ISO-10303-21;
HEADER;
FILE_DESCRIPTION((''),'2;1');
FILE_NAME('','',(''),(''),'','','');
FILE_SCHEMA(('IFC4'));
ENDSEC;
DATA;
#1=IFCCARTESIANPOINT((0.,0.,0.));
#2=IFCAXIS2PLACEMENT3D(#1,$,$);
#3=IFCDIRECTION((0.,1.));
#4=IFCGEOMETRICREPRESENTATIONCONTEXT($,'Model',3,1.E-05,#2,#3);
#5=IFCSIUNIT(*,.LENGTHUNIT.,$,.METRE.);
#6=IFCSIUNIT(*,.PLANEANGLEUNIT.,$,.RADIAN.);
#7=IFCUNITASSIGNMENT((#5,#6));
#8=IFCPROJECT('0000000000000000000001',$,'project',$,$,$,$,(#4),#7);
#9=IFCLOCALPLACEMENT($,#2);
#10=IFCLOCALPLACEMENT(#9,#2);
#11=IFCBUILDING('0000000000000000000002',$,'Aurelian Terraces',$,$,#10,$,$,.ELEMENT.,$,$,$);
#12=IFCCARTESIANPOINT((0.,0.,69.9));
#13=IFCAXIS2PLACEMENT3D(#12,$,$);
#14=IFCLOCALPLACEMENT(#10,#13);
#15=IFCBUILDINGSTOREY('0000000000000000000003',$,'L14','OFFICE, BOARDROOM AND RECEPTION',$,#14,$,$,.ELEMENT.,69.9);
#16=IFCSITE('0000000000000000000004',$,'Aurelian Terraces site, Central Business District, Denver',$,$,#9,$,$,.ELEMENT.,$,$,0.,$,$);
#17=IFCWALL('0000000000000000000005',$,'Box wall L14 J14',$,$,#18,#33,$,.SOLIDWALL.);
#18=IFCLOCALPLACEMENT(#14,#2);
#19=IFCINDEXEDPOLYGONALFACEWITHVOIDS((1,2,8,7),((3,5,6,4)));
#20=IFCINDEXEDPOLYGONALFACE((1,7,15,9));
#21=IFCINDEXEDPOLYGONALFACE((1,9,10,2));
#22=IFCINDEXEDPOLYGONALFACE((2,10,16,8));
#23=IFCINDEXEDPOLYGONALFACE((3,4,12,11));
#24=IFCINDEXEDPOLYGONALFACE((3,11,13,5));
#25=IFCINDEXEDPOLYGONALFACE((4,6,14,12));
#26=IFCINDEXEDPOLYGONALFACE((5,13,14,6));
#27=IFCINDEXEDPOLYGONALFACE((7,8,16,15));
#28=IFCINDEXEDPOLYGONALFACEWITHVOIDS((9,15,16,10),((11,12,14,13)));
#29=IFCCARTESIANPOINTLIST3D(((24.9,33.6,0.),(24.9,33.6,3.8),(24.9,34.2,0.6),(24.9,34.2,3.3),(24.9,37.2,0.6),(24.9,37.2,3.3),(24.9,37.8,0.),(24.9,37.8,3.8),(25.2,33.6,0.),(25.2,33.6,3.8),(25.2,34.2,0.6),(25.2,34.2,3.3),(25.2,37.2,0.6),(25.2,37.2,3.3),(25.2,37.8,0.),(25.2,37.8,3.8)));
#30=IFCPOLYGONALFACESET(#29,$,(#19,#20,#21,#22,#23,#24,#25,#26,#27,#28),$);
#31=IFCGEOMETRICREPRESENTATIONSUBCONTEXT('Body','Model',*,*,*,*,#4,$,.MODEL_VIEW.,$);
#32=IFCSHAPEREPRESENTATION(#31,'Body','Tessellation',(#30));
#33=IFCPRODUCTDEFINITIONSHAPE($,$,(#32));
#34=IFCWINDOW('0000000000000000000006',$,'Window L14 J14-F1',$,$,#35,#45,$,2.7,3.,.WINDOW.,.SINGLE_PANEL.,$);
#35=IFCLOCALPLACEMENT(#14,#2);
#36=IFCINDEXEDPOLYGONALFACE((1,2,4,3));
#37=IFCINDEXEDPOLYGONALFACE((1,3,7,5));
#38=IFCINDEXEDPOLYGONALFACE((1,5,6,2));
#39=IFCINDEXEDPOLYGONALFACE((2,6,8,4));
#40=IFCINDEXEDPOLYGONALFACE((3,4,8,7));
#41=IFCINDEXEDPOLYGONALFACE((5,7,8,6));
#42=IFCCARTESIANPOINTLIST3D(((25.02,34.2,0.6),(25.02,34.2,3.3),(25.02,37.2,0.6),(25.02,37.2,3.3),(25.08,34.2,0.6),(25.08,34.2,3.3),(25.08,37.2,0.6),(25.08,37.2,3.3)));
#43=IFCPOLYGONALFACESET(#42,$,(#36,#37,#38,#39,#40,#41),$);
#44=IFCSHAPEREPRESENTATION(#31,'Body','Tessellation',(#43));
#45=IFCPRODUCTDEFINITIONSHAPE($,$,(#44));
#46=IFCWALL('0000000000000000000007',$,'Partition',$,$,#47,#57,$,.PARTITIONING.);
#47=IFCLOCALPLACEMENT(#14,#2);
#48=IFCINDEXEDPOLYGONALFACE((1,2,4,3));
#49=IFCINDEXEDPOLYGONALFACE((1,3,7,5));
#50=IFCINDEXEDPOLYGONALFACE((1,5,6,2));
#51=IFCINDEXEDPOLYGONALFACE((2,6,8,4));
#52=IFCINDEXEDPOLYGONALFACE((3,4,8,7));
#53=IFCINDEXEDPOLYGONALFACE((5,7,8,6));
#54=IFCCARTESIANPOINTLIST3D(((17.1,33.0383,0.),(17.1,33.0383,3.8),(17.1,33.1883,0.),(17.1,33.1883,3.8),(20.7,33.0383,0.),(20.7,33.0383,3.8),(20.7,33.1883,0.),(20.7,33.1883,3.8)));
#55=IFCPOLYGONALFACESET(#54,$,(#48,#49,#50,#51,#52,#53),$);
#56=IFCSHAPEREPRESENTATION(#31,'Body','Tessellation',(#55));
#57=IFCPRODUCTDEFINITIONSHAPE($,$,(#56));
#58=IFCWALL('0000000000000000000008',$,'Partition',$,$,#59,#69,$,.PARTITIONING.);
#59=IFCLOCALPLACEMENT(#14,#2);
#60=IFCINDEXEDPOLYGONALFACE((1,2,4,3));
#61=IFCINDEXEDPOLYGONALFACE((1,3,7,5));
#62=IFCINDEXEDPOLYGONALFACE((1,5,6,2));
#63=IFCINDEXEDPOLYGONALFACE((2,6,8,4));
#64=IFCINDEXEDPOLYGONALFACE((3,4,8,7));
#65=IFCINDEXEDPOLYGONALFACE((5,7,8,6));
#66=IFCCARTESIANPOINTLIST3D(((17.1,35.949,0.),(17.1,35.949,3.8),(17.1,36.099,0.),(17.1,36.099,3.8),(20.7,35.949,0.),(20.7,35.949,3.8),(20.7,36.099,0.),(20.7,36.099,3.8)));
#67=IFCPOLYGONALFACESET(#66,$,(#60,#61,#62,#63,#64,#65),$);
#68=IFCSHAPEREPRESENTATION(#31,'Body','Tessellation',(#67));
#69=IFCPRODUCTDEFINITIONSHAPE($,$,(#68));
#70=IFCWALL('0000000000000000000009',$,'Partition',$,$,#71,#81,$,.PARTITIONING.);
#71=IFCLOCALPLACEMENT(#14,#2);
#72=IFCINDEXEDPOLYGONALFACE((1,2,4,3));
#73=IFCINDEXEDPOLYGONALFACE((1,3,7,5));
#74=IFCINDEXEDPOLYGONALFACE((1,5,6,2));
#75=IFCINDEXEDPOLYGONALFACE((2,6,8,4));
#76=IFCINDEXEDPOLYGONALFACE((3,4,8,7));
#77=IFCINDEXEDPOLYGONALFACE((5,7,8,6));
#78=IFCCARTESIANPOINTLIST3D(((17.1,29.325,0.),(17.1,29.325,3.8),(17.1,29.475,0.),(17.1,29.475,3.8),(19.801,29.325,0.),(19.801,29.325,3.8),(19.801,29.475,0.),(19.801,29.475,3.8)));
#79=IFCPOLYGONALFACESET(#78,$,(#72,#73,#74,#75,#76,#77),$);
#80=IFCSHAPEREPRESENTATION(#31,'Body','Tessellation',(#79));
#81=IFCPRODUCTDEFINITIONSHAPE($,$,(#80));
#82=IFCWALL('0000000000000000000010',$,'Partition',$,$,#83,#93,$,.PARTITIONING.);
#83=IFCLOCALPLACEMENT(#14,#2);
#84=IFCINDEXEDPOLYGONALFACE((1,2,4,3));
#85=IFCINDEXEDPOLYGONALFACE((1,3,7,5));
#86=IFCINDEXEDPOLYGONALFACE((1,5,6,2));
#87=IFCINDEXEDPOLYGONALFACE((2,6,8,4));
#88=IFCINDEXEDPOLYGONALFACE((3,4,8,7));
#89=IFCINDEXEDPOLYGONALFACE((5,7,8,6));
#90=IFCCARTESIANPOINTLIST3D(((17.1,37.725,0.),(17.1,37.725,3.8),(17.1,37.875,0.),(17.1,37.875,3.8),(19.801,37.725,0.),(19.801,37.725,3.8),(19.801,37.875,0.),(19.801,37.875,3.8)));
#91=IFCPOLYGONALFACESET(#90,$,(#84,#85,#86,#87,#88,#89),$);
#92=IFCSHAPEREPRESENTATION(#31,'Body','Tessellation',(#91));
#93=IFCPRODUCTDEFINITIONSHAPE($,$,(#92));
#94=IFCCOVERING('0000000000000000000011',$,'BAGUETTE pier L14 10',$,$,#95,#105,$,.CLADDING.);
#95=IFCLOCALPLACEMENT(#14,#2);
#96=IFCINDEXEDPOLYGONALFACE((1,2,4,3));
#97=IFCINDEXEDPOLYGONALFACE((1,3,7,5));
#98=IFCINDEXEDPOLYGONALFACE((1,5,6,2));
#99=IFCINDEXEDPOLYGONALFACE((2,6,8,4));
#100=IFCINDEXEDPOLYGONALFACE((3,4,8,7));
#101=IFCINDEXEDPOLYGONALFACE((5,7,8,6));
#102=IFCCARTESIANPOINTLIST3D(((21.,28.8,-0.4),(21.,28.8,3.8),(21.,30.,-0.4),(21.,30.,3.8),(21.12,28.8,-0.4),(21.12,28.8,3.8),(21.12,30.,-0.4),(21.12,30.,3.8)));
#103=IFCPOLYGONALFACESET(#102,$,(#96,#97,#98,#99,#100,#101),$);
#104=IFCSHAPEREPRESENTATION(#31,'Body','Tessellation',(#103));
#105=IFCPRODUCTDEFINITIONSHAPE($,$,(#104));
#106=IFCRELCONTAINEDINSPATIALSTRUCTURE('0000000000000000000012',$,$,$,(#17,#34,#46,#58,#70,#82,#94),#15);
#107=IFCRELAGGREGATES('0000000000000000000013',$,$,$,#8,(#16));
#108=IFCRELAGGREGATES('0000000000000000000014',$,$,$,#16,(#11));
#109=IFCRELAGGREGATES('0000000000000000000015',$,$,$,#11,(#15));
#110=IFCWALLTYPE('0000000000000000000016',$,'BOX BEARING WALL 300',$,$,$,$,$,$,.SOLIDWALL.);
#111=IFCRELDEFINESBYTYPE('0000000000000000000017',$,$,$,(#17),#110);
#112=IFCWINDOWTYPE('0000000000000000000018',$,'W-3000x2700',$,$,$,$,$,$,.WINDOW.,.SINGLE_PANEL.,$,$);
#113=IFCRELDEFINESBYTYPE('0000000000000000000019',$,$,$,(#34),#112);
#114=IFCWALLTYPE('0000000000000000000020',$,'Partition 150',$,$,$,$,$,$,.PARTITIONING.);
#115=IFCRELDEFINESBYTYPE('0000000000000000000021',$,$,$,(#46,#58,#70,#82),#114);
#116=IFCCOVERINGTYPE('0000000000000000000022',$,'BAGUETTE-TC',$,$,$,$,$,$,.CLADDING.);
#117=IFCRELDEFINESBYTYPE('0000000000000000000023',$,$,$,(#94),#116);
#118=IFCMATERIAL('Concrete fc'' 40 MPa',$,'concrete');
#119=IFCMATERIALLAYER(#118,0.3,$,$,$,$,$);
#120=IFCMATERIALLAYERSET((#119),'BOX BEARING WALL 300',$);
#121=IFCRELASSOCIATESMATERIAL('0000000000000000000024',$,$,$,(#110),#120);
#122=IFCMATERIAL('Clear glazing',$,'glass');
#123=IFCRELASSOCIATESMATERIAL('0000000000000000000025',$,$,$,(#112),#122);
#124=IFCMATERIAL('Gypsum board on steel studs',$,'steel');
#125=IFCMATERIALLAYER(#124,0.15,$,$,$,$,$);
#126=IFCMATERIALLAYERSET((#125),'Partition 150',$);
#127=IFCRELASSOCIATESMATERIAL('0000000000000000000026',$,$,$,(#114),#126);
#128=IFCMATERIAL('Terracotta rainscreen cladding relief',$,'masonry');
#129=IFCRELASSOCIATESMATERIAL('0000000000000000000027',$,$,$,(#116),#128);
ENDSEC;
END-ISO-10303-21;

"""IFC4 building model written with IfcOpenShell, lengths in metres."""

from ifc_helpers import new_model, si_unit, direction, frame, frame_2d, origin, origin_2d, place, context, subcontext, project, spatial, rectangle, extrude, source, transform, mapped, material, layer, layer_set, type_object, element, fill, save


model = new_model("IFC4")

# Units and contexts
model_context = context("Model", 3, precision=1e-05, world=origin(), true_north=direction((0.0, 1.0)))
body_context = subcontext(model_context, "Body", "Model", "MODEL_VIEW")
ifc_project = project(units=[si_unit("LENGTHUNIT", "METRE"), si_unit("PLANEANGLEUNIT", "RADIAN")], contexts=[model_context])

# Site, building, storey
site_placement = place(None, origin())
site = spatial("IfcSite", under=ifc_project, at=site_placement, Name="Aurelian Terraces site, Central Business District, Denver", CompositionType="ELEMENT", RefElevation=0.0)
building_placement = place(site_placement, origin())
building = spatial("IfcBuilding", under=site, at=building_placement, Name="Aurelian Terraces", CompositionType="ELEMENT")
storey_placement = place(building_placement, frame((0.0, 0.0, 69.9)))
storey = spatial("IfcBuildingStorey", under=building, at=storey_placement, Name="L14", Description="OFFICE, BOARDROOM AND RECEPTION", CompositionType="ELEMENT", Elevation=69.9)

# Shared definitions
ifc_material_1 = material(Name="Clear glazing", Category="glass")

# Wall, opening, window
ifc_material_2 = material(Name="Concrete fc' 40 MPa", Category="concrete")
ifc_layer_1 = layer(ifc_material_2, 0.3)
ifc_layer_set_1 = layer_set([ifc_layer_1], Name="BOX BEARING WALL 300")
wall_type_1 = type_object("IfcWallType", Name="BOX BEARING WALL 300", PredefinedType="SOLIDWALL", material=ifc_layer_set_1)
shared_shape_1 = source(origin(), body_context, "Body", "SweptSolid", [
    extrude(rectangle(XDim=4.2, YDim=0.3, at=frame_2d((2.1, 0.0))), origin(), (0.0, 0.0, 1.0), 3.8),
])
wall_1_placement = place(storey_placement, frame((25.05, 33.6, 0.0), z_axis=(0.0, 0.0, 1.0), x_axis=(0.0, 1.0, 0.0)))
wall_1 = element("IfcWall", 1, at=wall_1_placement, inside=storey, type_object=wall_type_1, Name="Box wall L14 J14", PredefinedType="SOLIDWALL", context=body_context, shape_type="MappedRepresentation", body=[
    mapped(shared_shape_1, transform((0.0, 0.0, 0.0), scale=1.0)),
])
shared_shape_2 = source(origin(), body_context, "Body", "SweptSolid", [
    extrude(rectangle(XDim=3.0, YDim=2.7, at=frame_2d((1.5, 1.35))), frame((0.0, 0.16, 0.0), z_axis=(0.0, -1.0, 0.0), x_axis=(1.0, 0.0, 0.0)), (0.0, 0.0, 1.0), 0.32),
])
opening_1_placement = place(wall_1_placement, frame((0.6, 0.0, 0.6)))
opening_1 = element("IfcOpeningElement", 2, at=opening_1_placement, cuts=wall_1, PredefinedType="OPENING", context=body_context, shape_type="MappedRepresentation", body=[
    mapped(shared_shape_2, transform((0.0, 0.0, 0.0), scale=1.0)),
])
window_type_1 = type_object("IfcWindowType", Name="W-3000x2700", PartitioningType="SINGLE_PANEL", PredefinedType="WINDOW", material=ifc_material_1)
shared_shape_3 = source(origin(), body_context, "Body", "SweptSolid", [
    extrude(rectangle(XDim=3.0, YDim=2.7, at=frame_2d((1.5, 1.35))), frame((0.0, 0.03, 0.0), z_axis=(0.0, -1.0, 0.0), x_axis=(1.0, 0.0, 0.0)), (0.0, 0.0, 1.0), 0.06),
])
window_1_placement = place(opening_1_placement, origin())
window_1 = element("IfcWindow", 3, at=window_1_placement, inside=storey, type_object=window_type_1, Name="Window L14 J14-F1", OverallHeight=2.7, OverallWidth=3.0, PartitioningType="SINGLE_PANEL", PredefinedType="WINDOW", context=body_context, shape_type="MappedRepresentation", body=[
    mapped(shared_shape_3, transform((0.0, 0.0, 0.0), scale=1.0)),
])
fill(opening_1, window_1)

# Walls
ifc_material_3 = material(Name="Gypsum board on steel studs", Category="steel")
ifc_layer_2 = layer(ifc_material_3, 0.15)
ifc_layer_set_2 = layer_set([ifc_layer_2], Name="Partition 150")
wall_type_2 = type_object("IfcWallType", Name="Partition 150", PredefinedType="PARTITIONING", material=ifc_layer_set_2)
shared_shape_4 = source(origin(), body_context, "Body", "SweptSolid", [
    extrude(rectangle(XDim=3.6, YDim=0.15, at=frame_2d((1.8, 0.0))), origin(), (0.0, 0.0, 1.0), 3.8),
])
for number, where, z_axis, x_axis, name in (
    (4, (17.1, 33.1133, 0.0), (0.0, 0.0, 1.0), (1.0, 0.0, 0.0), "Partition"),
    (5, (17.1, 36.024, 0.0), (0.0, 0.0, 1.0), (1.0, 0.0, 0.0), "Partition"),
):
    element("IfcWall", number, at=place(storey_placement, frame(where, z_axis=z_axis, x_axis=x_axis)), inside=storey, type_object=wall_type_2, Name=name, PredefinedType="PARTITIONING", context=body_context, shape_type="MappedRepresentation", body=[
        mapped(shared_shape_4, transform((0.0, 0.0, 0.0), scale=1.0)),
    ])
shared_shape_5 = source(origin(), body_context, "Body", "SweptSolid", [
    extrude(rectangle(XDim=2.701, YDim=0.15, at=frame_2d((1.3505, 0.0))), origin(), (0.0, 0.0, 1.0), 3.8),
])
for number, where, z_axis, x_axis, name in (
    (6, (19.801, 29.4, 0.0), (0.0, 0.0, 1.0), (-1.0, 0.0, 0.0), "Partition"),
    (7, (19.801, 37.8, 0.0), (0.0, 0.0, 1.0), (-1.0, 0.0, 0.0), "Partition"),
):
    element("IfcWall", number, at=place(storey_placement, frame(where, z_axis=z_axis, x_axis=x_axis)), inside=storey, type_object=wall_type_2, Name=name, PredefinedType="PARTITIONING", context=body_context, shape_type="MappedRepresentation", body=[
        mapped(shared_shape_5, transform((0.0, 0.0, 0.0), scale=1.0)),
    ])

# Covering
ifc_material_4 = material(Name="Terracotta rainscreen cladding relief", Category="masonry")
covering_type = type_object("IfcCoveringType", Name="BAGUETTE-TC", PredefinedType="CLADDING", material=ifc_material_4)
shared_shape_6 = source(origin(), body_context, "Body", "SweptSolid", [
    extrude(rectangle(XDim=0.12, YDim=1.2, at=origin_2d()), origin(), (0.0, 0.0, 1.0), 4.2),
])
covering_placement = place(storey_placement, frame((21.06, 29.4, -0.4), z_axis=(0.0, 0.0, 1.0), x_axis=(1.0, 0.0, 0.0)))
element("IfcCovering", 8, at=covering_placement, inside=storey, type_object=covering_type, Name="BAGUETTE pier L14 10", PredefinedType="CLADDING", context=body_context, shape_type="MappedRepresentation", body=[
    mapped(shared_shape_6, transform((0.0, 0.0, 0.0), scale=1.0)),
])

save(model, "model.ifc")
